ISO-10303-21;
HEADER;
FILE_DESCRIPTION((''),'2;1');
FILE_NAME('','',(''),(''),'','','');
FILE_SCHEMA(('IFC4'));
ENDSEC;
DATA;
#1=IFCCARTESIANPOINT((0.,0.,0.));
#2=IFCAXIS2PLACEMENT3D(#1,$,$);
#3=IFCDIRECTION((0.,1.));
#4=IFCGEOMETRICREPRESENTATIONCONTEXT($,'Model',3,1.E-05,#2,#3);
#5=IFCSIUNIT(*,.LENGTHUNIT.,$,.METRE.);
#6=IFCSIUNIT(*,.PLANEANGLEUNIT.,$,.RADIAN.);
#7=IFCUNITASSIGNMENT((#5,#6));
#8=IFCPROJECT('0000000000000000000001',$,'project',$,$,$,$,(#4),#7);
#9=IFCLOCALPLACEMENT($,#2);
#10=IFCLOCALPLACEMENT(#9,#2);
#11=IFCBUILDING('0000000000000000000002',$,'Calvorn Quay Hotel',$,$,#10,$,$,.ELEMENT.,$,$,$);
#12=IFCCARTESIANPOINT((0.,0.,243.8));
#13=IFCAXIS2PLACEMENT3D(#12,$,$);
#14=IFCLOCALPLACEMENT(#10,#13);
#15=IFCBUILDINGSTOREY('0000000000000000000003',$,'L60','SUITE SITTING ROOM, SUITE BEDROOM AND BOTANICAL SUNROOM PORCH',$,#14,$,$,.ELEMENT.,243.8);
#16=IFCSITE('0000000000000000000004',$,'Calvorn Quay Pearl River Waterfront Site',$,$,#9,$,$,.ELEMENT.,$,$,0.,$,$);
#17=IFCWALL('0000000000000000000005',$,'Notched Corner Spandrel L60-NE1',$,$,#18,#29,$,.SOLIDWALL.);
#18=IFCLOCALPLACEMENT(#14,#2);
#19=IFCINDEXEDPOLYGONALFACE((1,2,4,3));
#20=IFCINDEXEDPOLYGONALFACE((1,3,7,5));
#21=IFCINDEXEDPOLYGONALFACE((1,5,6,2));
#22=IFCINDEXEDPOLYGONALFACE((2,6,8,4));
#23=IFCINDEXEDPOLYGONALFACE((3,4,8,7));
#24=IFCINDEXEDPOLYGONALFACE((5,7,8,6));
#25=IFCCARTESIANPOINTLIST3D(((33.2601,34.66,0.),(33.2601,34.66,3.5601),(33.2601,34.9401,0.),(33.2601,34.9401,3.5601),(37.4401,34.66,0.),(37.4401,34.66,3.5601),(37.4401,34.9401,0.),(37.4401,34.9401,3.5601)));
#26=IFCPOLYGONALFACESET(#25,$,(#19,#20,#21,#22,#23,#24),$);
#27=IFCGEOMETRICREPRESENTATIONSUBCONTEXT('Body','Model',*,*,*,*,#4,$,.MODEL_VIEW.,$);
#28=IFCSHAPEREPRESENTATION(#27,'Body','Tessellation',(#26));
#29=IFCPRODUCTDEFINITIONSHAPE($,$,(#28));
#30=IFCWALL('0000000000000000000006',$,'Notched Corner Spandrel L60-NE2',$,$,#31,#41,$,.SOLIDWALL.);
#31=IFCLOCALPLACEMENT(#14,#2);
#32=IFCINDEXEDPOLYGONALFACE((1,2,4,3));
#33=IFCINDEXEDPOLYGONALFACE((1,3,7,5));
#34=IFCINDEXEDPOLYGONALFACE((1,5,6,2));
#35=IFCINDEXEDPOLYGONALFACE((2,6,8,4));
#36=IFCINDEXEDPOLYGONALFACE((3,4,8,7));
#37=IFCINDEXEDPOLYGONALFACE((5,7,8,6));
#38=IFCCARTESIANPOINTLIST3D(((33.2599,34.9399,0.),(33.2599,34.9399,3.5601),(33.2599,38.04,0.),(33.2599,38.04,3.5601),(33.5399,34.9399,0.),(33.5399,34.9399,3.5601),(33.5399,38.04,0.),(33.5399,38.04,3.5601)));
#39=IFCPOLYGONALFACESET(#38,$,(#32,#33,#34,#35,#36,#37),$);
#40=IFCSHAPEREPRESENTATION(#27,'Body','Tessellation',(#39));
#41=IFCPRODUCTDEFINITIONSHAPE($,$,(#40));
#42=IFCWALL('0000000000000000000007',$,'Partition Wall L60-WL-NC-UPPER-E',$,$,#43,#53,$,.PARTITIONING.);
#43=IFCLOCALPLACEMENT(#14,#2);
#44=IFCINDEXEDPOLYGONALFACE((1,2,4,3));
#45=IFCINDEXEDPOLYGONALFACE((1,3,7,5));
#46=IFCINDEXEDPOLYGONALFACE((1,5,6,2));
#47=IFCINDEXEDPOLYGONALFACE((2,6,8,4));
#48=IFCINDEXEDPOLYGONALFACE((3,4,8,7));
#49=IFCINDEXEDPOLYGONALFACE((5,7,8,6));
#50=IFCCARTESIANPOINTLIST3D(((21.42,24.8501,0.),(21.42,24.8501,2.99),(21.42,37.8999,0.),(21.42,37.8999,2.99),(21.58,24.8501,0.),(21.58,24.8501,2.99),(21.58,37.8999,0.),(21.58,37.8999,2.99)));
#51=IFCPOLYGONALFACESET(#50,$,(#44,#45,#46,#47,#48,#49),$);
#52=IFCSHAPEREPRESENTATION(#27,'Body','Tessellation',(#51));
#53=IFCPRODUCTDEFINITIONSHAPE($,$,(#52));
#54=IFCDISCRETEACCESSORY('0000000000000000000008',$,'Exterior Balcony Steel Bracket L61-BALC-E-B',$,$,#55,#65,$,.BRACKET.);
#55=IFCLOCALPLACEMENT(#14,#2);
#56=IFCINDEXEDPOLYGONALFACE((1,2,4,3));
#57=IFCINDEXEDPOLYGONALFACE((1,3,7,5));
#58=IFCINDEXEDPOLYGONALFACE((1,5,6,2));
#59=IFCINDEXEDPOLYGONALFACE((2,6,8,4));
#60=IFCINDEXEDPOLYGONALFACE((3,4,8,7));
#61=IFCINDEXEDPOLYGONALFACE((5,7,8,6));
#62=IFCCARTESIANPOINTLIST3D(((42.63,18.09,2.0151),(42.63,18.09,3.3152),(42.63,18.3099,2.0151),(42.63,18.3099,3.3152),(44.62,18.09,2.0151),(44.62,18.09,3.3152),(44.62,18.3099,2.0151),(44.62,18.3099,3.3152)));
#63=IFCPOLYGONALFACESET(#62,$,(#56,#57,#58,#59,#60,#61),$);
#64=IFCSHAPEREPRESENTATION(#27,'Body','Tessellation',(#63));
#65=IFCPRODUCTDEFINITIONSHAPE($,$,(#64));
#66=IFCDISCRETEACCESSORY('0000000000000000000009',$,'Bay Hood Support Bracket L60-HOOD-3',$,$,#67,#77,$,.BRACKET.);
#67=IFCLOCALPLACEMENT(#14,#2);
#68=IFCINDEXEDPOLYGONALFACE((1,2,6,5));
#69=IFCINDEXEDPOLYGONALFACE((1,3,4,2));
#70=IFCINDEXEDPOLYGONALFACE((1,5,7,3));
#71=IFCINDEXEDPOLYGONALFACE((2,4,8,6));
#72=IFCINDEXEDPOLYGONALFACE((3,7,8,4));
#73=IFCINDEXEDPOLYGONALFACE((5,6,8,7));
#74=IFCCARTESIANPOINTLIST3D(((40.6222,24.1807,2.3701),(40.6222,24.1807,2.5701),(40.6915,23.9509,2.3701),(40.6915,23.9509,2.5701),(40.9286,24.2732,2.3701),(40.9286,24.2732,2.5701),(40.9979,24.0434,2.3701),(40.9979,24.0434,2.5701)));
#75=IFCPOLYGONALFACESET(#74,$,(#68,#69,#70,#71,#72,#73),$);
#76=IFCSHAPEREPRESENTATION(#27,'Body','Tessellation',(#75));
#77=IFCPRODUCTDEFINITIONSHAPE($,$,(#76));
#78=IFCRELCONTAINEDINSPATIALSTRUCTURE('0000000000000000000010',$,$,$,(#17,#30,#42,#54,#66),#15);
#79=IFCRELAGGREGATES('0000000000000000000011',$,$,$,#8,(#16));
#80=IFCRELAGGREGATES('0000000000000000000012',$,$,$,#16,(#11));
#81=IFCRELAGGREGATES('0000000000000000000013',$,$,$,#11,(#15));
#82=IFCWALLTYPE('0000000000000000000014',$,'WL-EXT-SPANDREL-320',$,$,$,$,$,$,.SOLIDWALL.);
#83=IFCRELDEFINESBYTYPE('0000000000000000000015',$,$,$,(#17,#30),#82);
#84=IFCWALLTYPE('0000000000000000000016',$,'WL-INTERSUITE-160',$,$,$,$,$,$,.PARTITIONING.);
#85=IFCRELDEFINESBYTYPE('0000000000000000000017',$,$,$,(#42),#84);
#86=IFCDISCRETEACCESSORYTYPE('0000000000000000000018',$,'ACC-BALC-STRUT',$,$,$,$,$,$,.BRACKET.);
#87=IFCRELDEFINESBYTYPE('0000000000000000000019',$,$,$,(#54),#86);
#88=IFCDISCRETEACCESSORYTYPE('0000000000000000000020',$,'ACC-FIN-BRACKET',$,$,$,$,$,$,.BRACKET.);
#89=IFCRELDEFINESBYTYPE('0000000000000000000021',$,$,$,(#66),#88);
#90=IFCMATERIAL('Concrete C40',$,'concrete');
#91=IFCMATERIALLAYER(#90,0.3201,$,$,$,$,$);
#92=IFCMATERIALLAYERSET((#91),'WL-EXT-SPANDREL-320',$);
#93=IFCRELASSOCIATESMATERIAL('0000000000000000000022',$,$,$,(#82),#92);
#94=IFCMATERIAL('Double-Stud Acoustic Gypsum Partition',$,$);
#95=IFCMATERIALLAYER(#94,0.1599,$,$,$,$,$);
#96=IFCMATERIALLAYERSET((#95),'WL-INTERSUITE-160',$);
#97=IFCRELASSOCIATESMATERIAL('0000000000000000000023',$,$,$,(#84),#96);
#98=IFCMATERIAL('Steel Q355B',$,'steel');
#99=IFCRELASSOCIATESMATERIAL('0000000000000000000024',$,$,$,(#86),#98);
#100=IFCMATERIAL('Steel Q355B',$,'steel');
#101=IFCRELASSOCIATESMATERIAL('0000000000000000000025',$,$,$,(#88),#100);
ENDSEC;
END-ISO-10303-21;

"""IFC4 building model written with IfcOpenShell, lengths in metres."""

from ifc_helpers import new_model, si_unit, direction, frame, frame_2d, origin, origin_2d, place, context, subcontext, project, spatial, rectangle, extrude, material, layer, layer_set, type_object, element, save


model = new_model("IFC4")

# Units and contexts
model_context = context("Model", 3, precision=1e-05, world=origin(), true_north=direction((0.0, 1.0)))
body_context = subcontext(model_context, "Body", "Model", "MODEL_VIEW")
ifc_project = project(units=[si_unit("LENGTHUNIT", "METRE"), si_unit("PLANEANGLEUNIT", "RADIAN")], contexts=[model_context])

# Site, building, storey
site_placement = place(None, origin())
site = spatial("IfcSite", under=ifc_project, at=site_placement, Name="Calvorn Quay Pearl River Waterfront Site", CompositionType="ELEMENT", RefElevation=0.0)
building_placement = place(site_placement, origin())
building = spatial("IfcBuilding", under=site, at=building_placement, Name="Calvorn Quay Hotel", CompositionType="ELEMENT")
storey_placement = place(building_placement, frame((0.0, 0.0, 243.8)))
storey = spatial("IfcBuildingStorey", under=building, at=storey_placement, Name="L60", Description="SUITE SITTING ROOM, SUITE BEDROOM AND BOTANICAL SUNROOM PORCH", CompositionType="ELEMENT", Elevation=243.8)

# Walls
ifc_material_1 = material(Name="Concrete C40", Category="concrete")
ifc_layer_1 = layer(ifc_material_1, 0.3201)
ifc_layer_set_1 = layer_set([ifc_layer_1], Name="WL-EXT-SPANDREL-320")
wall_type_1 = type_object("IfcWallType", Name="WL-EXT-SPANDREL-320", PredefinedType="SOLIDWALL", material=ifc_layer_set_1)
wall_1_placement = place(storey_placement, frame((37.4399, 34.8, 0.0), z_axis=(0.0, 0.0, 1.0), x_axis=(-1.0, 0.0, 0.0)))
element("IfcWall", 1, at=wall_1_placement, inside=storey, type_object=wall_type_1, Name="Notched Corner Spandrel L60-NE1", PredefinedType="SOLIDWALL", context=body_context, shape_type="SweptSolid", body=[
    extrude(rectangle(XDim=4.1799, YDim=0.28, at=frame_2d((2.0898, 0.0))), origin(), (0.0, 0.0, 1.0), 3.5601),
])
wall_2_placement = place(storey_placement, frame((33.3999, 34.9399, 0.0), z_axis=(0.0, 0.0, 1.0), x_axis=(0.0, 1.0, 0.0)))
element("IfcWall", 2, at=wall_2_placement, inside=storey, type_object=wall_type_1, Name="Notched Corner Spandrel L60-NE2", PredefinedType="SOLIDWALL", context=body_context, shape_type="SweptSolid", body=[
    extrude(rectangle(XDim=3.1001, YDim=0.28, at=frame_2d((1.55, 0.0))), origin(), (0.0, 0.0, 1.0), 3.5601),
])
ifc_material_2 = material(Name="Double-Stud Acoustic Gypsum Partition")
ifc_layer_2 = layer(ifc_material_2, 0.1599)
ifc_layer_set_2 = layer_set([ifc_layer_2], Name="WL-INTERSUITE-160")
wall_type_2 = type_object("IfcWallType", Name="WL-INTERSUITE-160", PredefinedType="PARTITIONING", material=ifc_layer_set_2)
wall_3_placement = place(storey_placement, frame((21.5, 24.8501, 0.0), z_axis=(0.0, 0.0, 1.0), x_axis=(0.0, 1.0, 0.0)))
element("IfcWall", 3, at=wall_3_placement, inside=storey, type_object=wall_type_2, Name="Partition Wall L60-WL-NC-UPPER-E", PredefinedType="PARTITIONING", context=body_context, shape_type="SweptSolid", body=[
    extrude(rectangle(XDim=13.0498, YDim=0.1599, at=frame_2d((6.5249, 0.0))), origin(), (0.0, 0.0, 1.0), 2.99),
])

# Discrete accessories
ifc_material_3 = material(Name="Steel Q355B", Category="steel")
discrete_accessory_type_1 = type_object("IfcDiscreteAccessoryType", Name="ACC-BALC-STRUT", PredefinedType="BRACKET", material=ifc_material_3)
discrete_accessory_1_placement = place(storey_placement, frame((43.625, 18.2, 2.0151), z_axis=(0.0, 0.0, 1.0), x_axis=(1.0, 0.0, 0.0)))
element("IfcDiscreteAccessory", 4, at=discrete_accessory_1_placement, inside=storey, type_object=discrete_accessory_type_1, Name="Exterior Balcony Steel Bracket L61-BALC-E-B", PredefinedType="BRACKET", context=body_context, shape_type="SweptSolid", body=[
    extrude(rectangle(XDim=1.99, YDim=0.22, at=origin_2d()), origin(), (0.0, 0.0, 1.0), 1.3),
])
ifc_material_4 = material(Name="Steel Q355B", Category="steel")
discrete_accessory_type_2 = type_object("IfcDiscreteAccessoryType", Name="ACC-FIN-BRACKET", PredefinedType="BRACKET", material=ifc_material_4)
discrete_accessory_2_placement = place(storey_placement, frame((40.8101, 24.1121, 2.3701), z_axis=(0.0, 0.0, 1.0), x_axis=(0.957319, 0.289032, 0.0)))
element("IfcDiscreteAccessory", 5, at=discrete_accessory_2_placement, inside=storey, type_object=discrete_accessory_type_2, Name="Bay Hood Support Bracket L60-HOOD-3", PredefinedType="BRACKET", context=body_context, shape_type="SweptSolid", body=[
    extrude(rectangle(XDim=0.3201, YDim=0.24, at=origin_2d()), origin(), (0.0, 0.0, 1.0), 0.2),
])

save(model, "model.ifc")
